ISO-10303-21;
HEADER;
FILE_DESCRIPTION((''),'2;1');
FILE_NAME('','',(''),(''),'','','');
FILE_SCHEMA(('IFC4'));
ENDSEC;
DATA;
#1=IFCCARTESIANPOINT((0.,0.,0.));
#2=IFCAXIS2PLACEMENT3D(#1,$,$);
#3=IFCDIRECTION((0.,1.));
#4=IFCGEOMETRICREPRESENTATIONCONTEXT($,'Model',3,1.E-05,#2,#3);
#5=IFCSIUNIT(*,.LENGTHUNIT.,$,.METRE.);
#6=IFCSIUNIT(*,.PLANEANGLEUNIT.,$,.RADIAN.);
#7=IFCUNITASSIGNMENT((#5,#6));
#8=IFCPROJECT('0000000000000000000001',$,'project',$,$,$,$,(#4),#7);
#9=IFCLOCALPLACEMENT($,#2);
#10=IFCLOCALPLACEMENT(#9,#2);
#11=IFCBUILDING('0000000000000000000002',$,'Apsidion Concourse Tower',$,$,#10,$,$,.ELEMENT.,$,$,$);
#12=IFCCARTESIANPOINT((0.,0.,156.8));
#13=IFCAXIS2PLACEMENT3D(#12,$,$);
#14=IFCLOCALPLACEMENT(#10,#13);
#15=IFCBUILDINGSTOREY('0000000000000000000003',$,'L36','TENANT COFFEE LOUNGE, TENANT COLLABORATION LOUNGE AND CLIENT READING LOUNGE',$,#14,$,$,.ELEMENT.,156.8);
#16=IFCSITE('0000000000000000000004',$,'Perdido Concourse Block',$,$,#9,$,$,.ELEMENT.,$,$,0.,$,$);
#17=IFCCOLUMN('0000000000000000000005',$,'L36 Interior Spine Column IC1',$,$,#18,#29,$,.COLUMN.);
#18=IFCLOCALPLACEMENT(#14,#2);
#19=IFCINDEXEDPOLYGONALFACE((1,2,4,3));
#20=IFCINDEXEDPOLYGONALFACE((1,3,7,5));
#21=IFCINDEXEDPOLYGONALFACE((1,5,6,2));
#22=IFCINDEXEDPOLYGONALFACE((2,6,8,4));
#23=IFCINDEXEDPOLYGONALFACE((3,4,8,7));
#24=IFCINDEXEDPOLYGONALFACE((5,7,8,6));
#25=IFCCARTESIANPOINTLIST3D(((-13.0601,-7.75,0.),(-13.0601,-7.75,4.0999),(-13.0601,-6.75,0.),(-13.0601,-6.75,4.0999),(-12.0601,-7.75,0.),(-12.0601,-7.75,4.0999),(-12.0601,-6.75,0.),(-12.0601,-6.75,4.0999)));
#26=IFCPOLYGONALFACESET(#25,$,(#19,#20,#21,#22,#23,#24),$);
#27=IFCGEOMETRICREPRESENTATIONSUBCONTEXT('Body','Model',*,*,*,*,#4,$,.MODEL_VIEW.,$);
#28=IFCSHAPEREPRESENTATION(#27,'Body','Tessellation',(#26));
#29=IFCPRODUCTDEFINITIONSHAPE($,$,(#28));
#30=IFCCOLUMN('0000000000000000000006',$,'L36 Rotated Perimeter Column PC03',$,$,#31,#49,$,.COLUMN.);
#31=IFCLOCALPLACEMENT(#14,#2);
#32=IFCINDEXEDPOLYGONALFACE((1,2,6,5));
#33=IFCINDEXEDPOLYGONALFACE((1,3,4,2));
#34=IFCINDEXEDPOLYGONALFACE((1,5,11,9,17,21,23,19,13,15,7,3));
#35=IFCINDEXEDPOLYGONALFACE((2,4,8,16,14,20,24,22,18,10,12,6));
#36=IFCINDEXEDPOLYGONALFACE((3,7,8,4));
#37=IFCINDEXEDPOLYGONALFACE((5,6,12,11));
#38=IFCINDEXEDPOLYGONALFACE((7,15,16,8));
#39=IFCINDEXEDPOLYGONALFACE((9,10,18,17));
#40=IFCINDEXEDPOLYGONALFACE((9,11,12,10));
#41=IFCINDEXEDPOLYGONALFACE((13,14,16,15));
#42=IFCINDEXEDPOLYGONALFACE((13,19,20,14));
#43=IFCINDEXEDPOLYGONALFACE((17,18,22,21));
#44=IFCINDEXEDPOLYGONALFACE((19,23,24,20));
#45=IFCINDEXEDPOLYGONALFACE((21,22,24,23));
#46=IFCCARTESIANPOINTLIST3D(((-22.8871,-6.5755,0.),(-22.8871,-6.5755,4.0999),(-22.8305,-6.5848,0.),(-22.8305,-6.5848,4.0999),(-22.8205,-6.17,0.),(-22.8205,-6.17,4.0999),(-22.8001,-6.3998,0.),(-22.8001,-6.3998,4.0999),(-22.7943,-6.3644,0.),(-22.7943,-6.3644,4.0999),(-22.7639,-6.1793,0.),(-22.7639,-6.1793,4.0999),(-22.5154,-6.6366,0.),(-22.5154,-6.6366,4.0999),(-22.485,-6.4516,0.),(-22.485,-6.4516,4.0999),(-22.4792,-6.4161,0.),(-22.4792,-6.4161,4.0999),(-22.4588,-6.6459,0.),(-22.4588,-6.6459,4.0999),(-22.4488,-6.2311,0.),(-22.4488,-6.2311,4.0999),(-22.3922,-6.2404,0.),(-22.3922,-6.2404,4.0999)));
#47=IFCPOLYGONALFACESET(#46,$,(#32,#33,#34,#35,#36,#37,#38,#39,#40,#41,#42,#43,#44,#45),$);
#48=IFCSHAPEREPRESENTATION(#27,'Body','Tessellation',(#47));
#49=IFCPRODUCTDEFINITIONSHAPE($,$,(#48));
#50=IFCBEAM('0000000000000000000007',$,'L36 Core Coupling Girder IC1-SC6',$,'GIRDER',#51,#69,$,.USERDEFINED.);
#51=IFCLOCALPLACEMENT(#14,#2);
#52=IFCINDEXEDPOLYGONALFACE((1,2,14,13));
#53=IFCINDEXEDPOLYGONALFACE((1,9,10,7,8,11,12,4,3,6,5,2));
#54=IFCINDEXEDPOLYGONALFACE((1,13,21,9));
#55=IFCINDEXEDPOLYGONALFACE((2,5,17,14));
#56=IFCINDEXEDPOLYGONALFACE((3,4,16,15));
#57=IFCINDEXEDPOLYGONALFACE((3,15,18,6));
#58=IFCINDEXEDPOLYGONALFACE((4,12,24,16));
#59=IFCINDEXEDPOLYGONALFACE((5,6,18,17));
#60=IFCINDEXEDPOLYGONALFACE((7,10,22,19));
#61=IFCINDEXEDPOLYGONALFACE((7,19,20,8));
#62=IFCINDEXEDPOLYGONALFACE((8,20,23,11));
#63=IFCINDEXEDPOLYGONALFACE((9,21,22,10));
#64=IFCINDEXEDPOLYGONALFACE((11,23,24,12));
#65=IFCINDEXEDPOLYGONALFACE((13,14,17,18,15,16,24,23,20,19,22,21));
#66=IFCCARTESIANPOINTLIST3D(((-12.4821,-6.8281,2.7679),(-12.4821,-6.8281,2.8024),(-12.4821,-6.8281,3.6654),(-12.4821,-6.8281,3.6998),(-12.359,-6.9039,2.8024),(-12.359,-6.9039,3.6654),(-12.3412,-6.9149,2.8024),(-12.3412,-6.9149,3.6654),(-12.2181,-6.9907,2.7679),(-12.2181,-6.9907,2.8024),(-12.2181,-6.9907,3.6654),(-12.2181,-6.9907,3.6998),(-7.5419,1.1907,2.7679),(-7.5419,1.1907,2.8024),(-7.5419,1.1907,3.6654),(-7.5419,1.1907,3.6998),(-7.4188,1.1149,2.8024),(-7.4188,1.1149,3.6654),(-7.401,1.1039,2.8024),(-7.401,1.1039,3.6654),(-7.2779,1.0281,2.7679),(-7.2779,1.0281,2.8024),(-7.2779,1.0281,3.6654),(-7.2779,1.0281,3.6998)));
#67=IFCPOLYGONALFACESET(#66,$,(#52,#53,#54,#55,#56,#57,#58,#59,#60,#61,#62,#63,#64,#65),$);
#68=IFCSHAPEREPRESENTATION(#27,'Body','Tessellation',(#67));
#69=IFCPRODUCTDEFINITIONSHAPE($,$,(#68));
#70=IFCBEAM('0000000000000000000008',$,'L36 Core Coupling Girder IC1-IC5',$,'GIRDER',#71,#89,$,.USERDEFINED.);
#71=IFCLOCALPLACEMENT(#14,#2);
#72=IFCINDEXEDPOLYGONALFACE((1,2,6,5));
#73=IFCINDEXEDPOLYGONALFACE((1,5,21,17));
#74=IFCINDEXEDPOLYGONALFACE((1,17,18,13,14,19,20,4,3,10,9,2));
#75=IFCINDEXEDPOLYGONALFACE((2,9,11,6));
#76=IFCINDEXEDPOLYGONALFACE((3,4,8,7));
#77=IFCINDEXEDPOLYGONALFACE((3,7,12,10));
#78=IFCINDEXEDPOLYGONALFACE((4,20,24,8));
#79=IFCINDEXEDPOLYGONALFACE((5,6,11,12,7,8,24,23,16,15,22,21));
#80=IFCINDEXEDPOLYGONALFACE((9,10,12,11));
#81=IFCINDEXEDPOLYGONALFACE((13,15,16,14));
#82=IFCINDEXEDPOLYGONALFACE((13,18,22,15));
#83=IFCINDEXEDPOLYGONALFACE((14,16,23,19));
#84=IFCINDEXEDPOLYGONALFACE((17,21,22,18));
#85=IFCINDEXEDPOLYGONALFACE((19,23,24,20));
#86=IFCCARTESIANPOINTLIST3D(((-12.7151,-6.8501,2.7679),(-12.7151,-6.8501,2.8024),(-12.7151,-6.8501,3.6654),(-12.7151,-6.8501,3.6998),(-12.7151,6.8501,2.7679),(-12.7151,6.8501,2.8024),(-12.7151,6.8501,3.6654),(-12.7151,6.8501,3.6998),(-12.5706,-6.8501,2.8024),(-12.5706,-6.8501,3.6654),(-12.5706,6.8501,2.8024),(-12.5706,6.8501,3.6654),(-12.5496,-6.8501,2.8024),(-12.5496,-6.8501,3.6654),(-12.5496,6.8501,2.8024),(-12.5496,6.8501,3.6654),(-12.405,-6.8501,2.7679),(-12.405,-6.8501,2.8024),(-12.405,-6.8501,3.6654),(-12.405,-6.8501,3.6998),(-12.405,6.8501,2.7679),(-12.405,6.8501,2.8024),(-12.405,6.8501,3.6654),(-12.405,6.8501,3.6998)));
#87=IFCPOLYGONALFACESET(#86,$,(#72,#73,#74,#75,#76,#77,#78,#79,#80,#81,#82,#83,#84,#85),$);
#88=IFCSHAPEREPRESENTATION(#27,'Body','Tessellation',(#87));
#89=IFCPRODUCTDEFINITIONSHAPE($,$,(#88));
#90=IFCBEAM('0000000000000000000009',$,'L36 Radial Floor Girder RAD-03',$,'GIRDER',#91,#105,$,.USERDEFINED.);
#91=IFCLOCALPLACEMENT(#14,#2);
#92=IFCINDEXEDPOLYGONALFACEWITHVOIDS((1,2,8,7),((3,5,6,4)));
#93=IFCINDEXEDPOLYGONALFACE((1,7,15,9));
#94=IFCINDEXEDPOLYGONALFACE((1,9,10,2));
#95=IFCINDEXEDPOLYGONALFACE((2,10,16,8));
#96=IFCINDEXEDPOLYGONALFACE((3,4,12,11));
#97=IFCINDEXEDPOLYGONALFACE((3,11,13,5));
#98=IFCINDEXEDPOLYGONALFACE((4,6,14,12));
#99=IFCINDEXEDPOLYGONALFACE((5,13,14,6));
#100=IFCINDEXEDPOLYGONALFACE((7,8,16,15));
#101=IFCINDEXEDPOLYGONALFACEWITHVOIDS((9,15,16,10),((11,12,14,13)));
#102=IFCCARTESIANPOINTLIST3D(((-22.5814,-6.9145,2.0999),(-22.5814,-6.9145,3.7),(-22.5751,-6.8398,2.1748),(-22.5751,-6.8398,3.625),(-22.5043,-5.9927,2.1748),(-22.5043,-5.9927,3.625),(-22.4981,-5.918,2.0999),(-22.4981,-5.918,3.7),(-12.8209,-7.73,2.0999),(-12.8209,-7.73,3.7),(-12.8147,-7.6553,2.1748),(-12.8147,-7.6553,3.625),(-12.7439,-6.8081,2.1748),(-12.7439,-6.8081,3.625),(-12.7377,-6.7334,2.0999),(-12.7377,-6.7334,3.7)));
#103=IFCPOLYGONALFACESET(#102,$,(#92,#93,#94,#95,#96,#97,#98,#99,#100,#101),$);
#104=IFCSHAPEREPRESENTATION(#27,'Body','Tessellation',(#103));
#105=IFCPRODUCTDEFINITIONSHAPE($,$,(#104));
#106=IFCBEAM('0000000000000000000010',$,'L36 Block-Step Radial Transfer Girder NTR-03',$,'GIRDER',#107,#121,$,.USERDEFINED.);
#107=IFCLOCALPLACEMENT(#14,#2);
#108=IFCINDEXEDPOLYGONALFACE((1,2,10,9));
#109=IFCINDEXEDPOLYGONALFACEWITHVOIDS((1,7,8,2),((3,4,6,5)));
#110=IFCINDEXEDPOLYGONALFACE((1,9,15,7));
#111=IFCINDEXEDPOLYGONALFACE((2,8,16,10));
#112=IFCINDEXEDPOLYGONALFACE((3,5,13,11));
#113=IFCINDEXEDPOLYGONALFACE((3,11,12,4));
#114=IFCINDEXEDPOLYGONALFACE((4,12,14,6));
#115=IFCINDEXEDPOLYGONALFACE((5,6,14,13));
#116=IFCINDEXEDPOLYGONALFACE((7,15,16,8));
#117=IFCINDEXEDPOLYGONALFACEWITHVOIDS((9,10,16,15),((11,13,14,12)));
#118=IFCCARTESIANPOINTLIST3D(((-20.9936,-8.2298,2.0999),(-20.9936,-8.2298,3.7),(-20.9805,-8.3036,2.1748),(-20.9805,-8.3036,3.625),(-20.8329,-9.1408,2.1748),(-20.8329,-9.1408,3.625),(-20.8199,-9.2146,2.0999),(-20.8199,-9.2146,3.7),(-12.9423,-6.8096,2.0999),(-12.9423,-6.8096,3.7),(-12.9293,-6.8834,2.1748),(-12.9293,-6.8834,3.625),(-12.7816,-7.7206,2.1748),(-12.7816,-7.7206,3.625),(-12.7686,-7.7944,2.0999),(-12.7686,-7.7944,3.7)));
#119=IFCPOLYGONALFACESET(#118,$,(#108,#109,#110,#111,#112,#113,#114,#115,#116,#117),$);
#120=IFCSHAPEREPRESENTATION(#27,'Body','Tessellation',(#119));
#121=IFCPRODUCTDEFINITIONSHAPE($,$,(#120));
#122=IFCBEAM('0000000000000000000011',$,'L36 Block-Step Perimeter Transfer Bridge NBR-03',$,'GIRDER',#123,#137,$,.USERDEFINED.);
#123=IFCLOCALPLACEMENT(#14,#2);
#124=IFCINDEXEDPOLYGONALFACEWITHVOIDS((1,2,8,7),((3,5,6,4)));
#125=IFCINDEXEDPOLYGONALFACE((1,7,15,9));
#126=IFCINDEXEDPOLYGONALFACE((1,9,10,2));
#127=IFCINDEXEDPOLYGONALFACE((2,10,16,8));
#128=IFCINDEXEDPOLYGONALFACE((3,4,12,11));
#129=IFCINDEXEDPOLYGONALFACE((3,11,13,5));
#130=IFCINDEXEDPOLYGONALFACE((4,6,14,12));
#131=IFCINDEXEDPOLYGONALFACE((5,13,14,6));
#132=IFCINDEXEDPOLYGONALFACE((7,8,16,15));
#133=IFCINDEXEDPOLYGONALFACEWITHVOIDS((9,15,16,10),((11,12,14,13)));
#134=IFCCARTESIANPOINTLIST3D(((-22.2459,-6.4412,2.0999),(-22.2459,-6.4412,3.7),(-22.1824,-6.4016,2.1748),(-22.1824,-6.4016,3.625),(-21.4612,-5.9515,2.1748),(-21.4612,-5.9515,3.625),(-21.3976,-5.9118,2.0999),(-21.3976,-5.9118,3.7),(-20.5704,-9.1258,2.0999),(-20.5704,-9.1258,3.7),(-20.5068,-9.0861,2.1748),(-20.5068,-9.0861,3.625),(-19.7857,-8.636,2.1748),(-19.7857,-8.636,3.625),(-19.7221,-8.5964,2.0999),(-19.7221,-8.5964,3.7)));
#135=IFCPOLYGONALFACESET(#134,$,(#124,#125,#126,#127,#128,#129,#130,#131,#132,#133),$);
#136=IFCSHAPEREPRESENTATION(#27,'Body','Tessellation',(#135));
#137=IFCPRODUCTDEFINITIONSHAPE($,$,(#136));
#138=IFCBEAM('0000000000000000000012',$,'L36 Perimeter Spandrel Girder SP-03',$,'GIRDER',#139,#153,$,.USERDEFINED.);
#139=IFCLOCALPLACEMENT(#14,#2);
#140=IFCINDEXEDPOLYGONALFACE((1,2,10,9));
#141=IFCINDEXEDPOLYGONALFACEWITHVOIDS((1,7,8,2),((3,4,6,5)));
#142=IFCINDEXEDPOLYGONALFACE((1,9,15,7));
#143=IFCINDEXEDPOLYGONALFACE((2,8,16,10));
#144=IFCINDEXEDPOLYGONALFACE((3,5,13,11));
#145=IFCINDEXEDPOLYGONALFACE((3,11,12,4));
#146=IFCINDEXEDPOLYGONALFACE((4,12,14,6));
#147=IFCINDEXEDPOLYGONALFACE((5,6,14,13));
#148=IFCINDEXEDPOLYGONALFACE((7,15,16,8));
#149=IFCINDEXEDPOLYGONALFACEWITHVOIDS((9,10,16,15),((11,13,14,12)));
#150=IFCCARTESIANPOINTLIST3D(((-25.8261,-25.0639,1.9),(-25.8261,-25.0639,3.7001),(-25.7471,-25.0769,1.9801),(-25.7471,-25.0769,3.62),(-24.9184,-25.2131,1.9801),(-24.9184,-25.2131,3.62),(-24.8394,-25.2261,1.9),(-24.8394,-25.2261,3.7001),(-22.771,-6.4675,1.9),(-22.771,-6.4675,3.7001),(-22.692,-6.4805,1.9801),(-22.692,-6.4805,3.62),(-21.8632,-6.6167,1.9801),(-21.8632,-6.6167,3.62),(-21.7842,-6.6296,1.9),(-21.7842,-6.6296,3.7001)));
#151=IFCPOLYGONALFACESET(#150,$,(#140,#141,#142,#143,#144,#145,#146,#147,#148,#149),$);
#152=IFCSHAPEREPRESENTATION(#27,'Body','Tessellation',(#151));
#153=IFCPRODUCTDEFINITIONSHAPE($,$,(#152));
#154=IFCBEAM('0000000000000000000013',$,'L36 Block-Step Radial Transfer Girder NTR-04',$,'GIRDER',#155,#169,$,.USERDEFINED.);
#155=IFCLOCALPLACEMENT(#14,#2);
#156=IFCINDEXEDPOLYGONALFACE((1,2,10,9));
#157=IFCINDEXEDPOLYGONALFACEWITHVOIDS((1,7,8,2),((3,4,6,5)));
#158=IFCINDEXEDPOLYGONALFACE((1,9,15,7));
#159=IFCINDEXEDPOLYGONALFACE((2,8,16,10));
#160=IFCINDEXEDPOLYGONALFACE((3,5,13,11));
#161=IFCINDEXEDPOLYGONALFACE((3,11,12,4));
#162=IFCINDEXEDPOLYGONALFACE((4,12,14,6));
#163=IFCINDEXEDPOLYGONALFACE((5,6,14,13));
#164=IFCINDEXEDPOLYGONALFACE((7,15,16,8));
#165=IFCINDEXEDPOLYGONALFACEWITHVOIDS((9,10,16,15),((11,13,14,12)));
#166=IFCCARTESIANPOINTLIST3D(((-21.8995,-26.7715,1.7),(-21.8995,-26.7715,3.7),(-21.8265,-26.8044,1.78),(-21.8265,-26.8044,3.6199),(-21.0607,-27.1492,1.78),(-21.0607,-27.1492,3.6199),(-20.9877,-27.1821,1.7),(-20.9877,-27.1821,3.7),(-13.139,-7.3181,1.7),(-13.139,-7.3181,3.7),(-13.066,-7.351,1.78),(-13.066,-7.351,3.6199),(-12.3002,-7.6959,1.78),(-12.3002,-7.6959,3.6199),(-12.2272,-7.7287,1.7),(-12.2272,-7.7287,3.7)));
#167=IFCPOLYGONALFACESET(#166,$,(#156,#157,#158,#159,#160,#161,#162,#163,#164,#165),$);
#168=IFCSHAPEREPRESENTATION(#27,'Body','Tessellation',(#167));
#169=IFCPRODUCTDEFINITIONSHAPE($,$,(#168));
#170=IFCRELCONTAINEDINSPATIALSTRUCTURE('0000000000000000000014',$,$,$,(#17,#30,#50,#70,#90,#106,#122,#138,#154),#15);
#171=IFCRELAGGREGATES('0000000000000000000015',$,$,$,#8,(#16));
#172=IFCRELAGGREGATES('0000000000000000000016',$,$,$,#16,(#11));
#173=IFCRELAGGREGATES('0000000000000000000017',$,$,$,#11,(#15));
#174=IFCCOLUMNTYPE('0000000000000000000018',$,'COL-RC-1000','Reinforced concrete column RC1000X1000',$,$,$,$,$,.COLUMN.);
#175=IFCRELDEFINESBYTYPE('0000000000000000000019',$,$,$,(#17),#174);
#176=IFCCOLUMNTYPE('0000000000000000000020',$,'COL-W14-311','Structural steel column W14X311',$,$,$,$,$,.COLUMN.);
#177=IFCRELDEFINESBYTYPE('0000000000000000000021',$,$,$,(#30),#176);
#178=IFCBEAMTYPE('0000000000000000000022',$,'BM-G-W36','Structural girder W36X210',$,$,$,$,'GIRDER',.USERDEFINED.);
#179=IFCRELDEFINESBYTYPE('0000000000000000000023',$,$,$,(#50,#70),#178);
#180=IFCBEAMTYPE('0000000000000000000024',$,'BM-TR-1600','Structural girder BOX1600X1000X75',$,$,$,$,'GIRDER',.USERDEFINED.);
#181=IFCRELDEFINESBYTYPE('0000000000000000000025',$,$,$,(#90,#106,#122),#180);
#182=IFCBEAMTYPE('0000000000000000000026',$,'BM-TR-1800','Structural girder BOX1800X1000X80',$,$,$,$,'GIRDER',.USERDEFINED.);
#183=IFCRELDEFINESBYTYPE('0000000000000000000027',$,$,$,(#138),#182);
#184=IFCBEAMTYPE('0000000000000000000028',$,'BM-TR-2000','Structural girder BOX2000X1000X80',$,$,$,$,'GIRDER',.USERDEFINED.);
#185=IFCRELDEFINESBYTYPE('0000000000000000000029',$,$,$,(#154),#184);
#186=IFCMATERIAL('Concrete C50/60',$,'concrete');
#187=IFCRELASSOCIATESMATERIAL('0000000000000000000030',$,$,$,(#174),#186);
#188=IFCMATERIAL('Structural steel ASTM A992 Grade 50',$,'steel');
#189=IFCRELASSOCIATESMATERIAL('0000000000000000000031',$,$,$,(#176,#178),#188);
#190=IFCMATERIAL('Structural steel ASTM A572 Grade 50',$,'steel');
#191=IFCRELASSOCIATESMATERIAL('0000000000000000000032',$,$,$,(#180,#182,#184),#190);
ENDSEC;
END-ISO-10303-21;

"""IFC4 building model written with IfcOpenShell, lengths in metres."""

from ifc_helpers import new_model, si_unit, direction, frame, origin, origin_2d, place, context, subcontext, project, spatial, rectangle, hollow_rectangle, i_section, extrude, material, material_profile, profile_set, type_object, element, save


model = new_model("IFC4")

# Units and contexts
model_context = context("Model", 3, precision=1e-05, world=origin(), true_north=direction((0.0, 1.0)))
body_context = subcontext(model_context, "Body", "Model", "MODEL_VIEW")
ifc_project = project(units=[si_unit("LENGTHUNIT", "METRE"), si_unit("PLANEANGLEUNIT", "RADIAN")], contexts=[model_context])

# Site, building, storey
site_placement = place(None, origin())
site = spatial("IfcSite", under=ifc_project, at=site_placement, Name="Perdido Concourse Block", CompositionType="ELEMENT", RefElevation=0.0)
building_placement = place(site_placement, origin())
building = spatial("IfcBuilding", under=site, at=building_placement, Name="Apsidion Concourse Tower", CompositionType="ELEMENT")
storey_placement = place(building_placement, frame((0.0, 0.0, 156.8)))
storey = spatial("IfcBuildingStorey", under=building, at=storey_placement, Name="L36", Description="TENANT COFFEE LOUNGE, TENANT COLLABORATION LOUNGE AND CLIENT READING LOUNGE", CompositionType="ELEMENT", Elevation=156.8)

# Columns
ifc_material_1 = material(Name="Concrete C50/60", Category="concrete")
ifc_material_profile_1 = material_profile(ifc_material_1, rectangle(XDim=1.0, YDim=1.0, at=origin_2d()), Name="RC 1000x1000")
ifc_profile_set_1 = profile_set([ifc_material_profile_1], Name="Concrete C50/60")
column_type_1 = type_object("IfcColumnType", Name="COL-RC-1000", Description="Reinforced concrete column RC1000X1000", PredefinedType="COLUMN", material=ifc_profile_set_1)
column_1_placement = place(storey_placement, frame((-12.5601, -7.25, 0.0), z_axis=(0.0, 0.0, 1.0), x_axis=(1.0, 0.0, 0.0)))
element("IfcColumn", 1, at=column_1_placement, inside=storey, type_object=column_type_1, Name="L36 Interior Spine Column IC1", PredefinedType="COLUMN", context=body_context, shape_type="SweptSolid", body=[
    extrude(rectangle(XDim=1.0, YDim=1.0, at=origin_2d()), origin(), (0.0, 0.0, 1.0), 4.0999),
])
ifc_material_2 = material(Name="Structural steel ASTM A992 Grade 50", Category="steel")
ifc_material_profile_2 = material_profile(ifc_material_2, i_section(OverallWidth=0.4109, OverallDepth=0.4341, WebThickness=0.0359, FlangeThickness=0.0574, at=origin_2d()), Name="W14X311")
ifc_profile_set_2 = profile_set([ifc_material_profile_2], Name="Structural steel ASTM A992 Grade 50")
column_type_2 = type_object("IfcColumnType", Name="COL-W14-311", Description="Structural steel column W14X311", PredefinedType="COLUMN", material=ifc_profile_set_2)
column_2_placement = place(storey_placement, frame((-22.6396, -6.408, 0.0), z_axis=(0.0, 0.0, 1.0), x_axis=(0.162121, 0.986771, 0.0)))
element("IfcColumn", 2, at=column_2_placement, inside=storey, type_object=column_type_2, Name="L36 Rotated Perimeter Column PC03", PredefinedType="COLUMN", context=body_context, shape_type="SweptSolid", body=[
    extrude(i_section(OverallWidth=0.4109, OverallDepth=0.4341, WebThickness=0.0359, FlangeThickness=0.0574, at=origin_2d()), origin(), (0.0, 0.0, 1.0), 4.0999),
])

# Beams
ifc_material_profile_3 = material_profile(ifc_material_2, i_section(OverallWidth=0.3101, OverallDepth=0.9319, WebThickness=0.021, FlangeThickness=0.0344, at=origin_2d()), Name="W36X210")
ifc_profile_set_3 = profile_set([ifc_material_profile_3], Name="Structural steel ASTM A992 Grade 50")
beam_type_1 = type_object("IfcBeamType", Name="BM-G-W36", Description="Structural girder W36X210", ElementType="GIRDER", PredefinedType="USERDEFINED", material=ifc_profile_set_3)
beam_1_placement = place(storey_placement, frame((-12.3501, -6.9094, 3.2339), z_axis=(0.524524, 0.851396, 0.0), x_axis=(-0.851396, 0.524524, 0.0)))
element("IfcBeam", 3, at=beam_1_placement, inside=storey, type_object=beam_type_1, Name="L36 Core Coupling Girder IC1-SC6", ObjectType="GIRDER", PredefinedType="USERDEFINED", context=body_context, shape_type="SweptSolid", body=[
    extrude(i_section(OverallWidth=0.3101, OverallDepth=0.9319, WebThickness=0.021, FlangeThickness=0.0344, at=origin_2d()), origin(), (0.0, 0.0, 1.0), 9.4185),
])
beam_2_placement = place(storey_placement, frame((-12.5601, -6.8501, 3.2339), z_axis=(0.0, 1.0, 0.0), x_axis=(-1.0, 0.0, 0.0)))
element("IfcBeam", 4, at=beam_2_placement, inside=storey, type_object=beam_type_1, Name="L36 Core Coupling Girder IC1-IC5", ObjectType="GIRDER", PredefinedType="USERDEFINED", context=body_context, shape_type="SweptSolid", body=[
    extrude(i_section(OverallWidth=0.3101, OverallDepth=0.9319, WebThickness=0.021, FlangeThickness=0.0344, at=origin_2d()), origin(), (0.0, 0.0, 1.0), 13.7002),
])
ifc_material_3 = material(Name="Structural steel ASTM A572 Grade 50", Category="steel")
ifc_material_profile_4 = material_profile(ifc_material_3, hollow_rectangle(XDim=1.0, YDim=1.6001, WallThickness=0.075, at=origin_2d()), Name="BOX1600X1000X75")
ifc_profile_set_4 = profile_set([ifc_material_profile_4], Name="Structural steel ASTM A572 Grade 50")
beam_type_2 = type_object("IfcBeamType", Name="BM-TR-1600", Description="Structural girder BOX1600X1000X75", ElementType="GIRDER", PredefinedType="USERDEFINED", material=ifc_profile_set_4)
beam_3_placement = place(storey_placement, frame((-12.7793, -7.2317, 2.8999), z_axis=(-0.996528, 0.083254, 0.0), x_axis=(-0.083254, -0.996528, 0.0)))
element("IfcBeam", 5, at=beam_3_placement, inside=storey, type_object=beam_type_2, Name="L36 Radial Floor Girder RAD-03", ObjectType="GIRDER", PredefinedType="USERDEFINED", context=body_context, shape_type="SweptSolid", body=[
    extrude(hollow_rectangle(XDim=1.0, YDim=1.6001, WallThickness=0.075, at=origin_2d()), origin(), (0.0, 0.0, 1.0), 9.7944),
])
beam_4_placement = place(storey_placement, frame((-12.8555, -7.302, 2.8999), z_axis=(-0.984797, -0.173709, 0.0), x_axis=(0.173709, -0.984797, 0.0)))
element("IfcBeam", 6, at=beam_4_placement, inside=storey, type_object=beam_type_2, Name="L36 Block-Step Radial Transfer Girder NTR-03", ObjectType="GIRDER", PredefinedType="USERDEFINED", context=body_context, shape_type="SweptSolid", body=[
    extrude(hollow_rectangle(XDim=1.0, YDim=1.6001, WallThickness=0.075, at=origin_2d()), origin(), (0.0, 0.0, 1.0), 8.1755),
])
beam_5_placement = place(storey_placement, frame((-21.8218, -6.1765, 2.8999), z_axis=(0.529472, -0.848328, 0.0), x_axis=(0.848328, 0.529472, 0.0)))
element("IfcBeam", 7, at=beam_5_placement, inside=storey, type_object=beam_type_2, Name="L36 Block-Step Perimeter Transfer Bridge NBR-03", ObjectType="GIRDER", PredefinedType="USERDEFINED", context=body_context, shape_type="SweptSolid", body=[
    extrude(hollow_rectangle(XDim=1.0, YDim=1.6001, WallThickness=0.075, at=origin_2d()), origin(), (0.0, 0.0, 1.0), 3.1646),
])
ifc_material_profile_5 = material_profile(ifc_material_3, hollow_rectangle(XDim=1.0, YDim=1.8, WallThickness=0.0801, at=origin_2d()), Name="BOX1800X1000X80")
ifc_profile_set_5 = profile_set([ifc_material_profile_5], Name="Structural steel ASTM A572 Grade 50")
beam_type_3 = type_object("IfcBeamType", Name="BM-TR-1800", Description="Structural girder BOX1800X1000X80", ElementType="GIRDER", PredefinedType="USERDEFINED", material=ifc_profile_set_5)
beam_6_placement = place(storey_placement, frame((-22.2776, -6.5486, 2.8), z_axis=(-0.162115, -0.986772, 0.0), x_axis=(0.986772, -0.162115, 0.0)))
element("IfcBeam", 8, at=beam_6_placement, inside=storey, type_object=beam_type_3, Name="L36 Perimeter Spandrel Girder SP-03", ObjectType="GIRDER", PredefinedType="USERDEFINED", context=body_context, shape_type="SweptSolid", body=[
    extrude(hollow_rectangle(XDim=1.0, YDim=1.8, WallThickness=0.0801, at=origin_2d()), origin(), (0.0, 0.0, 1.0), 18.8457),
])
ifc_material_profile_6 = material_profile(ifc_material_3, hollow_rectangle(XDim=1.0, YDim=2.0, WallThickness=0.0801, at=origin_2d()), Name="BOX2000X1000X80")
ifc_profile_set_6 = profile_set([ifc_material_profile_6], Name="Structural steel ASTM A572 Grade 50")
beam_type_4 = type_object("IfcBeamType", Name="BM-TR-2000", Description="Structural girder BOX2000X1000X80", ElementType="GIRDER", PredefinedType="USERDEFINED", material=ifc_profile_set_6)
beam_7_placement = place(storey_placement, frame((-12.6831, -7.5234, 2.7), z_axis=(-0.410617, -0.911808, 0.0), x_axis=(0.911808, -0.410617, 0.0)))
element("IfcBeam", 9, at=beam_7_placement, inside=storey, type_object=beam_type_4, Name="L36 Block-Step Radial Transfer Girder NTR-04", ObjectType="GIRDER", PredefinedType="USERDEFINED", context=body_context, shape_type="SweptSolid", body=[
    extrude(hollow_rectangle(XDim=1.0, YDim=2.0, WallThickness=0.0801, at=origin_2d()), origin(), (0.0, 0.0, 1.0), 21.335),
])

save(model, "model.ifc")
